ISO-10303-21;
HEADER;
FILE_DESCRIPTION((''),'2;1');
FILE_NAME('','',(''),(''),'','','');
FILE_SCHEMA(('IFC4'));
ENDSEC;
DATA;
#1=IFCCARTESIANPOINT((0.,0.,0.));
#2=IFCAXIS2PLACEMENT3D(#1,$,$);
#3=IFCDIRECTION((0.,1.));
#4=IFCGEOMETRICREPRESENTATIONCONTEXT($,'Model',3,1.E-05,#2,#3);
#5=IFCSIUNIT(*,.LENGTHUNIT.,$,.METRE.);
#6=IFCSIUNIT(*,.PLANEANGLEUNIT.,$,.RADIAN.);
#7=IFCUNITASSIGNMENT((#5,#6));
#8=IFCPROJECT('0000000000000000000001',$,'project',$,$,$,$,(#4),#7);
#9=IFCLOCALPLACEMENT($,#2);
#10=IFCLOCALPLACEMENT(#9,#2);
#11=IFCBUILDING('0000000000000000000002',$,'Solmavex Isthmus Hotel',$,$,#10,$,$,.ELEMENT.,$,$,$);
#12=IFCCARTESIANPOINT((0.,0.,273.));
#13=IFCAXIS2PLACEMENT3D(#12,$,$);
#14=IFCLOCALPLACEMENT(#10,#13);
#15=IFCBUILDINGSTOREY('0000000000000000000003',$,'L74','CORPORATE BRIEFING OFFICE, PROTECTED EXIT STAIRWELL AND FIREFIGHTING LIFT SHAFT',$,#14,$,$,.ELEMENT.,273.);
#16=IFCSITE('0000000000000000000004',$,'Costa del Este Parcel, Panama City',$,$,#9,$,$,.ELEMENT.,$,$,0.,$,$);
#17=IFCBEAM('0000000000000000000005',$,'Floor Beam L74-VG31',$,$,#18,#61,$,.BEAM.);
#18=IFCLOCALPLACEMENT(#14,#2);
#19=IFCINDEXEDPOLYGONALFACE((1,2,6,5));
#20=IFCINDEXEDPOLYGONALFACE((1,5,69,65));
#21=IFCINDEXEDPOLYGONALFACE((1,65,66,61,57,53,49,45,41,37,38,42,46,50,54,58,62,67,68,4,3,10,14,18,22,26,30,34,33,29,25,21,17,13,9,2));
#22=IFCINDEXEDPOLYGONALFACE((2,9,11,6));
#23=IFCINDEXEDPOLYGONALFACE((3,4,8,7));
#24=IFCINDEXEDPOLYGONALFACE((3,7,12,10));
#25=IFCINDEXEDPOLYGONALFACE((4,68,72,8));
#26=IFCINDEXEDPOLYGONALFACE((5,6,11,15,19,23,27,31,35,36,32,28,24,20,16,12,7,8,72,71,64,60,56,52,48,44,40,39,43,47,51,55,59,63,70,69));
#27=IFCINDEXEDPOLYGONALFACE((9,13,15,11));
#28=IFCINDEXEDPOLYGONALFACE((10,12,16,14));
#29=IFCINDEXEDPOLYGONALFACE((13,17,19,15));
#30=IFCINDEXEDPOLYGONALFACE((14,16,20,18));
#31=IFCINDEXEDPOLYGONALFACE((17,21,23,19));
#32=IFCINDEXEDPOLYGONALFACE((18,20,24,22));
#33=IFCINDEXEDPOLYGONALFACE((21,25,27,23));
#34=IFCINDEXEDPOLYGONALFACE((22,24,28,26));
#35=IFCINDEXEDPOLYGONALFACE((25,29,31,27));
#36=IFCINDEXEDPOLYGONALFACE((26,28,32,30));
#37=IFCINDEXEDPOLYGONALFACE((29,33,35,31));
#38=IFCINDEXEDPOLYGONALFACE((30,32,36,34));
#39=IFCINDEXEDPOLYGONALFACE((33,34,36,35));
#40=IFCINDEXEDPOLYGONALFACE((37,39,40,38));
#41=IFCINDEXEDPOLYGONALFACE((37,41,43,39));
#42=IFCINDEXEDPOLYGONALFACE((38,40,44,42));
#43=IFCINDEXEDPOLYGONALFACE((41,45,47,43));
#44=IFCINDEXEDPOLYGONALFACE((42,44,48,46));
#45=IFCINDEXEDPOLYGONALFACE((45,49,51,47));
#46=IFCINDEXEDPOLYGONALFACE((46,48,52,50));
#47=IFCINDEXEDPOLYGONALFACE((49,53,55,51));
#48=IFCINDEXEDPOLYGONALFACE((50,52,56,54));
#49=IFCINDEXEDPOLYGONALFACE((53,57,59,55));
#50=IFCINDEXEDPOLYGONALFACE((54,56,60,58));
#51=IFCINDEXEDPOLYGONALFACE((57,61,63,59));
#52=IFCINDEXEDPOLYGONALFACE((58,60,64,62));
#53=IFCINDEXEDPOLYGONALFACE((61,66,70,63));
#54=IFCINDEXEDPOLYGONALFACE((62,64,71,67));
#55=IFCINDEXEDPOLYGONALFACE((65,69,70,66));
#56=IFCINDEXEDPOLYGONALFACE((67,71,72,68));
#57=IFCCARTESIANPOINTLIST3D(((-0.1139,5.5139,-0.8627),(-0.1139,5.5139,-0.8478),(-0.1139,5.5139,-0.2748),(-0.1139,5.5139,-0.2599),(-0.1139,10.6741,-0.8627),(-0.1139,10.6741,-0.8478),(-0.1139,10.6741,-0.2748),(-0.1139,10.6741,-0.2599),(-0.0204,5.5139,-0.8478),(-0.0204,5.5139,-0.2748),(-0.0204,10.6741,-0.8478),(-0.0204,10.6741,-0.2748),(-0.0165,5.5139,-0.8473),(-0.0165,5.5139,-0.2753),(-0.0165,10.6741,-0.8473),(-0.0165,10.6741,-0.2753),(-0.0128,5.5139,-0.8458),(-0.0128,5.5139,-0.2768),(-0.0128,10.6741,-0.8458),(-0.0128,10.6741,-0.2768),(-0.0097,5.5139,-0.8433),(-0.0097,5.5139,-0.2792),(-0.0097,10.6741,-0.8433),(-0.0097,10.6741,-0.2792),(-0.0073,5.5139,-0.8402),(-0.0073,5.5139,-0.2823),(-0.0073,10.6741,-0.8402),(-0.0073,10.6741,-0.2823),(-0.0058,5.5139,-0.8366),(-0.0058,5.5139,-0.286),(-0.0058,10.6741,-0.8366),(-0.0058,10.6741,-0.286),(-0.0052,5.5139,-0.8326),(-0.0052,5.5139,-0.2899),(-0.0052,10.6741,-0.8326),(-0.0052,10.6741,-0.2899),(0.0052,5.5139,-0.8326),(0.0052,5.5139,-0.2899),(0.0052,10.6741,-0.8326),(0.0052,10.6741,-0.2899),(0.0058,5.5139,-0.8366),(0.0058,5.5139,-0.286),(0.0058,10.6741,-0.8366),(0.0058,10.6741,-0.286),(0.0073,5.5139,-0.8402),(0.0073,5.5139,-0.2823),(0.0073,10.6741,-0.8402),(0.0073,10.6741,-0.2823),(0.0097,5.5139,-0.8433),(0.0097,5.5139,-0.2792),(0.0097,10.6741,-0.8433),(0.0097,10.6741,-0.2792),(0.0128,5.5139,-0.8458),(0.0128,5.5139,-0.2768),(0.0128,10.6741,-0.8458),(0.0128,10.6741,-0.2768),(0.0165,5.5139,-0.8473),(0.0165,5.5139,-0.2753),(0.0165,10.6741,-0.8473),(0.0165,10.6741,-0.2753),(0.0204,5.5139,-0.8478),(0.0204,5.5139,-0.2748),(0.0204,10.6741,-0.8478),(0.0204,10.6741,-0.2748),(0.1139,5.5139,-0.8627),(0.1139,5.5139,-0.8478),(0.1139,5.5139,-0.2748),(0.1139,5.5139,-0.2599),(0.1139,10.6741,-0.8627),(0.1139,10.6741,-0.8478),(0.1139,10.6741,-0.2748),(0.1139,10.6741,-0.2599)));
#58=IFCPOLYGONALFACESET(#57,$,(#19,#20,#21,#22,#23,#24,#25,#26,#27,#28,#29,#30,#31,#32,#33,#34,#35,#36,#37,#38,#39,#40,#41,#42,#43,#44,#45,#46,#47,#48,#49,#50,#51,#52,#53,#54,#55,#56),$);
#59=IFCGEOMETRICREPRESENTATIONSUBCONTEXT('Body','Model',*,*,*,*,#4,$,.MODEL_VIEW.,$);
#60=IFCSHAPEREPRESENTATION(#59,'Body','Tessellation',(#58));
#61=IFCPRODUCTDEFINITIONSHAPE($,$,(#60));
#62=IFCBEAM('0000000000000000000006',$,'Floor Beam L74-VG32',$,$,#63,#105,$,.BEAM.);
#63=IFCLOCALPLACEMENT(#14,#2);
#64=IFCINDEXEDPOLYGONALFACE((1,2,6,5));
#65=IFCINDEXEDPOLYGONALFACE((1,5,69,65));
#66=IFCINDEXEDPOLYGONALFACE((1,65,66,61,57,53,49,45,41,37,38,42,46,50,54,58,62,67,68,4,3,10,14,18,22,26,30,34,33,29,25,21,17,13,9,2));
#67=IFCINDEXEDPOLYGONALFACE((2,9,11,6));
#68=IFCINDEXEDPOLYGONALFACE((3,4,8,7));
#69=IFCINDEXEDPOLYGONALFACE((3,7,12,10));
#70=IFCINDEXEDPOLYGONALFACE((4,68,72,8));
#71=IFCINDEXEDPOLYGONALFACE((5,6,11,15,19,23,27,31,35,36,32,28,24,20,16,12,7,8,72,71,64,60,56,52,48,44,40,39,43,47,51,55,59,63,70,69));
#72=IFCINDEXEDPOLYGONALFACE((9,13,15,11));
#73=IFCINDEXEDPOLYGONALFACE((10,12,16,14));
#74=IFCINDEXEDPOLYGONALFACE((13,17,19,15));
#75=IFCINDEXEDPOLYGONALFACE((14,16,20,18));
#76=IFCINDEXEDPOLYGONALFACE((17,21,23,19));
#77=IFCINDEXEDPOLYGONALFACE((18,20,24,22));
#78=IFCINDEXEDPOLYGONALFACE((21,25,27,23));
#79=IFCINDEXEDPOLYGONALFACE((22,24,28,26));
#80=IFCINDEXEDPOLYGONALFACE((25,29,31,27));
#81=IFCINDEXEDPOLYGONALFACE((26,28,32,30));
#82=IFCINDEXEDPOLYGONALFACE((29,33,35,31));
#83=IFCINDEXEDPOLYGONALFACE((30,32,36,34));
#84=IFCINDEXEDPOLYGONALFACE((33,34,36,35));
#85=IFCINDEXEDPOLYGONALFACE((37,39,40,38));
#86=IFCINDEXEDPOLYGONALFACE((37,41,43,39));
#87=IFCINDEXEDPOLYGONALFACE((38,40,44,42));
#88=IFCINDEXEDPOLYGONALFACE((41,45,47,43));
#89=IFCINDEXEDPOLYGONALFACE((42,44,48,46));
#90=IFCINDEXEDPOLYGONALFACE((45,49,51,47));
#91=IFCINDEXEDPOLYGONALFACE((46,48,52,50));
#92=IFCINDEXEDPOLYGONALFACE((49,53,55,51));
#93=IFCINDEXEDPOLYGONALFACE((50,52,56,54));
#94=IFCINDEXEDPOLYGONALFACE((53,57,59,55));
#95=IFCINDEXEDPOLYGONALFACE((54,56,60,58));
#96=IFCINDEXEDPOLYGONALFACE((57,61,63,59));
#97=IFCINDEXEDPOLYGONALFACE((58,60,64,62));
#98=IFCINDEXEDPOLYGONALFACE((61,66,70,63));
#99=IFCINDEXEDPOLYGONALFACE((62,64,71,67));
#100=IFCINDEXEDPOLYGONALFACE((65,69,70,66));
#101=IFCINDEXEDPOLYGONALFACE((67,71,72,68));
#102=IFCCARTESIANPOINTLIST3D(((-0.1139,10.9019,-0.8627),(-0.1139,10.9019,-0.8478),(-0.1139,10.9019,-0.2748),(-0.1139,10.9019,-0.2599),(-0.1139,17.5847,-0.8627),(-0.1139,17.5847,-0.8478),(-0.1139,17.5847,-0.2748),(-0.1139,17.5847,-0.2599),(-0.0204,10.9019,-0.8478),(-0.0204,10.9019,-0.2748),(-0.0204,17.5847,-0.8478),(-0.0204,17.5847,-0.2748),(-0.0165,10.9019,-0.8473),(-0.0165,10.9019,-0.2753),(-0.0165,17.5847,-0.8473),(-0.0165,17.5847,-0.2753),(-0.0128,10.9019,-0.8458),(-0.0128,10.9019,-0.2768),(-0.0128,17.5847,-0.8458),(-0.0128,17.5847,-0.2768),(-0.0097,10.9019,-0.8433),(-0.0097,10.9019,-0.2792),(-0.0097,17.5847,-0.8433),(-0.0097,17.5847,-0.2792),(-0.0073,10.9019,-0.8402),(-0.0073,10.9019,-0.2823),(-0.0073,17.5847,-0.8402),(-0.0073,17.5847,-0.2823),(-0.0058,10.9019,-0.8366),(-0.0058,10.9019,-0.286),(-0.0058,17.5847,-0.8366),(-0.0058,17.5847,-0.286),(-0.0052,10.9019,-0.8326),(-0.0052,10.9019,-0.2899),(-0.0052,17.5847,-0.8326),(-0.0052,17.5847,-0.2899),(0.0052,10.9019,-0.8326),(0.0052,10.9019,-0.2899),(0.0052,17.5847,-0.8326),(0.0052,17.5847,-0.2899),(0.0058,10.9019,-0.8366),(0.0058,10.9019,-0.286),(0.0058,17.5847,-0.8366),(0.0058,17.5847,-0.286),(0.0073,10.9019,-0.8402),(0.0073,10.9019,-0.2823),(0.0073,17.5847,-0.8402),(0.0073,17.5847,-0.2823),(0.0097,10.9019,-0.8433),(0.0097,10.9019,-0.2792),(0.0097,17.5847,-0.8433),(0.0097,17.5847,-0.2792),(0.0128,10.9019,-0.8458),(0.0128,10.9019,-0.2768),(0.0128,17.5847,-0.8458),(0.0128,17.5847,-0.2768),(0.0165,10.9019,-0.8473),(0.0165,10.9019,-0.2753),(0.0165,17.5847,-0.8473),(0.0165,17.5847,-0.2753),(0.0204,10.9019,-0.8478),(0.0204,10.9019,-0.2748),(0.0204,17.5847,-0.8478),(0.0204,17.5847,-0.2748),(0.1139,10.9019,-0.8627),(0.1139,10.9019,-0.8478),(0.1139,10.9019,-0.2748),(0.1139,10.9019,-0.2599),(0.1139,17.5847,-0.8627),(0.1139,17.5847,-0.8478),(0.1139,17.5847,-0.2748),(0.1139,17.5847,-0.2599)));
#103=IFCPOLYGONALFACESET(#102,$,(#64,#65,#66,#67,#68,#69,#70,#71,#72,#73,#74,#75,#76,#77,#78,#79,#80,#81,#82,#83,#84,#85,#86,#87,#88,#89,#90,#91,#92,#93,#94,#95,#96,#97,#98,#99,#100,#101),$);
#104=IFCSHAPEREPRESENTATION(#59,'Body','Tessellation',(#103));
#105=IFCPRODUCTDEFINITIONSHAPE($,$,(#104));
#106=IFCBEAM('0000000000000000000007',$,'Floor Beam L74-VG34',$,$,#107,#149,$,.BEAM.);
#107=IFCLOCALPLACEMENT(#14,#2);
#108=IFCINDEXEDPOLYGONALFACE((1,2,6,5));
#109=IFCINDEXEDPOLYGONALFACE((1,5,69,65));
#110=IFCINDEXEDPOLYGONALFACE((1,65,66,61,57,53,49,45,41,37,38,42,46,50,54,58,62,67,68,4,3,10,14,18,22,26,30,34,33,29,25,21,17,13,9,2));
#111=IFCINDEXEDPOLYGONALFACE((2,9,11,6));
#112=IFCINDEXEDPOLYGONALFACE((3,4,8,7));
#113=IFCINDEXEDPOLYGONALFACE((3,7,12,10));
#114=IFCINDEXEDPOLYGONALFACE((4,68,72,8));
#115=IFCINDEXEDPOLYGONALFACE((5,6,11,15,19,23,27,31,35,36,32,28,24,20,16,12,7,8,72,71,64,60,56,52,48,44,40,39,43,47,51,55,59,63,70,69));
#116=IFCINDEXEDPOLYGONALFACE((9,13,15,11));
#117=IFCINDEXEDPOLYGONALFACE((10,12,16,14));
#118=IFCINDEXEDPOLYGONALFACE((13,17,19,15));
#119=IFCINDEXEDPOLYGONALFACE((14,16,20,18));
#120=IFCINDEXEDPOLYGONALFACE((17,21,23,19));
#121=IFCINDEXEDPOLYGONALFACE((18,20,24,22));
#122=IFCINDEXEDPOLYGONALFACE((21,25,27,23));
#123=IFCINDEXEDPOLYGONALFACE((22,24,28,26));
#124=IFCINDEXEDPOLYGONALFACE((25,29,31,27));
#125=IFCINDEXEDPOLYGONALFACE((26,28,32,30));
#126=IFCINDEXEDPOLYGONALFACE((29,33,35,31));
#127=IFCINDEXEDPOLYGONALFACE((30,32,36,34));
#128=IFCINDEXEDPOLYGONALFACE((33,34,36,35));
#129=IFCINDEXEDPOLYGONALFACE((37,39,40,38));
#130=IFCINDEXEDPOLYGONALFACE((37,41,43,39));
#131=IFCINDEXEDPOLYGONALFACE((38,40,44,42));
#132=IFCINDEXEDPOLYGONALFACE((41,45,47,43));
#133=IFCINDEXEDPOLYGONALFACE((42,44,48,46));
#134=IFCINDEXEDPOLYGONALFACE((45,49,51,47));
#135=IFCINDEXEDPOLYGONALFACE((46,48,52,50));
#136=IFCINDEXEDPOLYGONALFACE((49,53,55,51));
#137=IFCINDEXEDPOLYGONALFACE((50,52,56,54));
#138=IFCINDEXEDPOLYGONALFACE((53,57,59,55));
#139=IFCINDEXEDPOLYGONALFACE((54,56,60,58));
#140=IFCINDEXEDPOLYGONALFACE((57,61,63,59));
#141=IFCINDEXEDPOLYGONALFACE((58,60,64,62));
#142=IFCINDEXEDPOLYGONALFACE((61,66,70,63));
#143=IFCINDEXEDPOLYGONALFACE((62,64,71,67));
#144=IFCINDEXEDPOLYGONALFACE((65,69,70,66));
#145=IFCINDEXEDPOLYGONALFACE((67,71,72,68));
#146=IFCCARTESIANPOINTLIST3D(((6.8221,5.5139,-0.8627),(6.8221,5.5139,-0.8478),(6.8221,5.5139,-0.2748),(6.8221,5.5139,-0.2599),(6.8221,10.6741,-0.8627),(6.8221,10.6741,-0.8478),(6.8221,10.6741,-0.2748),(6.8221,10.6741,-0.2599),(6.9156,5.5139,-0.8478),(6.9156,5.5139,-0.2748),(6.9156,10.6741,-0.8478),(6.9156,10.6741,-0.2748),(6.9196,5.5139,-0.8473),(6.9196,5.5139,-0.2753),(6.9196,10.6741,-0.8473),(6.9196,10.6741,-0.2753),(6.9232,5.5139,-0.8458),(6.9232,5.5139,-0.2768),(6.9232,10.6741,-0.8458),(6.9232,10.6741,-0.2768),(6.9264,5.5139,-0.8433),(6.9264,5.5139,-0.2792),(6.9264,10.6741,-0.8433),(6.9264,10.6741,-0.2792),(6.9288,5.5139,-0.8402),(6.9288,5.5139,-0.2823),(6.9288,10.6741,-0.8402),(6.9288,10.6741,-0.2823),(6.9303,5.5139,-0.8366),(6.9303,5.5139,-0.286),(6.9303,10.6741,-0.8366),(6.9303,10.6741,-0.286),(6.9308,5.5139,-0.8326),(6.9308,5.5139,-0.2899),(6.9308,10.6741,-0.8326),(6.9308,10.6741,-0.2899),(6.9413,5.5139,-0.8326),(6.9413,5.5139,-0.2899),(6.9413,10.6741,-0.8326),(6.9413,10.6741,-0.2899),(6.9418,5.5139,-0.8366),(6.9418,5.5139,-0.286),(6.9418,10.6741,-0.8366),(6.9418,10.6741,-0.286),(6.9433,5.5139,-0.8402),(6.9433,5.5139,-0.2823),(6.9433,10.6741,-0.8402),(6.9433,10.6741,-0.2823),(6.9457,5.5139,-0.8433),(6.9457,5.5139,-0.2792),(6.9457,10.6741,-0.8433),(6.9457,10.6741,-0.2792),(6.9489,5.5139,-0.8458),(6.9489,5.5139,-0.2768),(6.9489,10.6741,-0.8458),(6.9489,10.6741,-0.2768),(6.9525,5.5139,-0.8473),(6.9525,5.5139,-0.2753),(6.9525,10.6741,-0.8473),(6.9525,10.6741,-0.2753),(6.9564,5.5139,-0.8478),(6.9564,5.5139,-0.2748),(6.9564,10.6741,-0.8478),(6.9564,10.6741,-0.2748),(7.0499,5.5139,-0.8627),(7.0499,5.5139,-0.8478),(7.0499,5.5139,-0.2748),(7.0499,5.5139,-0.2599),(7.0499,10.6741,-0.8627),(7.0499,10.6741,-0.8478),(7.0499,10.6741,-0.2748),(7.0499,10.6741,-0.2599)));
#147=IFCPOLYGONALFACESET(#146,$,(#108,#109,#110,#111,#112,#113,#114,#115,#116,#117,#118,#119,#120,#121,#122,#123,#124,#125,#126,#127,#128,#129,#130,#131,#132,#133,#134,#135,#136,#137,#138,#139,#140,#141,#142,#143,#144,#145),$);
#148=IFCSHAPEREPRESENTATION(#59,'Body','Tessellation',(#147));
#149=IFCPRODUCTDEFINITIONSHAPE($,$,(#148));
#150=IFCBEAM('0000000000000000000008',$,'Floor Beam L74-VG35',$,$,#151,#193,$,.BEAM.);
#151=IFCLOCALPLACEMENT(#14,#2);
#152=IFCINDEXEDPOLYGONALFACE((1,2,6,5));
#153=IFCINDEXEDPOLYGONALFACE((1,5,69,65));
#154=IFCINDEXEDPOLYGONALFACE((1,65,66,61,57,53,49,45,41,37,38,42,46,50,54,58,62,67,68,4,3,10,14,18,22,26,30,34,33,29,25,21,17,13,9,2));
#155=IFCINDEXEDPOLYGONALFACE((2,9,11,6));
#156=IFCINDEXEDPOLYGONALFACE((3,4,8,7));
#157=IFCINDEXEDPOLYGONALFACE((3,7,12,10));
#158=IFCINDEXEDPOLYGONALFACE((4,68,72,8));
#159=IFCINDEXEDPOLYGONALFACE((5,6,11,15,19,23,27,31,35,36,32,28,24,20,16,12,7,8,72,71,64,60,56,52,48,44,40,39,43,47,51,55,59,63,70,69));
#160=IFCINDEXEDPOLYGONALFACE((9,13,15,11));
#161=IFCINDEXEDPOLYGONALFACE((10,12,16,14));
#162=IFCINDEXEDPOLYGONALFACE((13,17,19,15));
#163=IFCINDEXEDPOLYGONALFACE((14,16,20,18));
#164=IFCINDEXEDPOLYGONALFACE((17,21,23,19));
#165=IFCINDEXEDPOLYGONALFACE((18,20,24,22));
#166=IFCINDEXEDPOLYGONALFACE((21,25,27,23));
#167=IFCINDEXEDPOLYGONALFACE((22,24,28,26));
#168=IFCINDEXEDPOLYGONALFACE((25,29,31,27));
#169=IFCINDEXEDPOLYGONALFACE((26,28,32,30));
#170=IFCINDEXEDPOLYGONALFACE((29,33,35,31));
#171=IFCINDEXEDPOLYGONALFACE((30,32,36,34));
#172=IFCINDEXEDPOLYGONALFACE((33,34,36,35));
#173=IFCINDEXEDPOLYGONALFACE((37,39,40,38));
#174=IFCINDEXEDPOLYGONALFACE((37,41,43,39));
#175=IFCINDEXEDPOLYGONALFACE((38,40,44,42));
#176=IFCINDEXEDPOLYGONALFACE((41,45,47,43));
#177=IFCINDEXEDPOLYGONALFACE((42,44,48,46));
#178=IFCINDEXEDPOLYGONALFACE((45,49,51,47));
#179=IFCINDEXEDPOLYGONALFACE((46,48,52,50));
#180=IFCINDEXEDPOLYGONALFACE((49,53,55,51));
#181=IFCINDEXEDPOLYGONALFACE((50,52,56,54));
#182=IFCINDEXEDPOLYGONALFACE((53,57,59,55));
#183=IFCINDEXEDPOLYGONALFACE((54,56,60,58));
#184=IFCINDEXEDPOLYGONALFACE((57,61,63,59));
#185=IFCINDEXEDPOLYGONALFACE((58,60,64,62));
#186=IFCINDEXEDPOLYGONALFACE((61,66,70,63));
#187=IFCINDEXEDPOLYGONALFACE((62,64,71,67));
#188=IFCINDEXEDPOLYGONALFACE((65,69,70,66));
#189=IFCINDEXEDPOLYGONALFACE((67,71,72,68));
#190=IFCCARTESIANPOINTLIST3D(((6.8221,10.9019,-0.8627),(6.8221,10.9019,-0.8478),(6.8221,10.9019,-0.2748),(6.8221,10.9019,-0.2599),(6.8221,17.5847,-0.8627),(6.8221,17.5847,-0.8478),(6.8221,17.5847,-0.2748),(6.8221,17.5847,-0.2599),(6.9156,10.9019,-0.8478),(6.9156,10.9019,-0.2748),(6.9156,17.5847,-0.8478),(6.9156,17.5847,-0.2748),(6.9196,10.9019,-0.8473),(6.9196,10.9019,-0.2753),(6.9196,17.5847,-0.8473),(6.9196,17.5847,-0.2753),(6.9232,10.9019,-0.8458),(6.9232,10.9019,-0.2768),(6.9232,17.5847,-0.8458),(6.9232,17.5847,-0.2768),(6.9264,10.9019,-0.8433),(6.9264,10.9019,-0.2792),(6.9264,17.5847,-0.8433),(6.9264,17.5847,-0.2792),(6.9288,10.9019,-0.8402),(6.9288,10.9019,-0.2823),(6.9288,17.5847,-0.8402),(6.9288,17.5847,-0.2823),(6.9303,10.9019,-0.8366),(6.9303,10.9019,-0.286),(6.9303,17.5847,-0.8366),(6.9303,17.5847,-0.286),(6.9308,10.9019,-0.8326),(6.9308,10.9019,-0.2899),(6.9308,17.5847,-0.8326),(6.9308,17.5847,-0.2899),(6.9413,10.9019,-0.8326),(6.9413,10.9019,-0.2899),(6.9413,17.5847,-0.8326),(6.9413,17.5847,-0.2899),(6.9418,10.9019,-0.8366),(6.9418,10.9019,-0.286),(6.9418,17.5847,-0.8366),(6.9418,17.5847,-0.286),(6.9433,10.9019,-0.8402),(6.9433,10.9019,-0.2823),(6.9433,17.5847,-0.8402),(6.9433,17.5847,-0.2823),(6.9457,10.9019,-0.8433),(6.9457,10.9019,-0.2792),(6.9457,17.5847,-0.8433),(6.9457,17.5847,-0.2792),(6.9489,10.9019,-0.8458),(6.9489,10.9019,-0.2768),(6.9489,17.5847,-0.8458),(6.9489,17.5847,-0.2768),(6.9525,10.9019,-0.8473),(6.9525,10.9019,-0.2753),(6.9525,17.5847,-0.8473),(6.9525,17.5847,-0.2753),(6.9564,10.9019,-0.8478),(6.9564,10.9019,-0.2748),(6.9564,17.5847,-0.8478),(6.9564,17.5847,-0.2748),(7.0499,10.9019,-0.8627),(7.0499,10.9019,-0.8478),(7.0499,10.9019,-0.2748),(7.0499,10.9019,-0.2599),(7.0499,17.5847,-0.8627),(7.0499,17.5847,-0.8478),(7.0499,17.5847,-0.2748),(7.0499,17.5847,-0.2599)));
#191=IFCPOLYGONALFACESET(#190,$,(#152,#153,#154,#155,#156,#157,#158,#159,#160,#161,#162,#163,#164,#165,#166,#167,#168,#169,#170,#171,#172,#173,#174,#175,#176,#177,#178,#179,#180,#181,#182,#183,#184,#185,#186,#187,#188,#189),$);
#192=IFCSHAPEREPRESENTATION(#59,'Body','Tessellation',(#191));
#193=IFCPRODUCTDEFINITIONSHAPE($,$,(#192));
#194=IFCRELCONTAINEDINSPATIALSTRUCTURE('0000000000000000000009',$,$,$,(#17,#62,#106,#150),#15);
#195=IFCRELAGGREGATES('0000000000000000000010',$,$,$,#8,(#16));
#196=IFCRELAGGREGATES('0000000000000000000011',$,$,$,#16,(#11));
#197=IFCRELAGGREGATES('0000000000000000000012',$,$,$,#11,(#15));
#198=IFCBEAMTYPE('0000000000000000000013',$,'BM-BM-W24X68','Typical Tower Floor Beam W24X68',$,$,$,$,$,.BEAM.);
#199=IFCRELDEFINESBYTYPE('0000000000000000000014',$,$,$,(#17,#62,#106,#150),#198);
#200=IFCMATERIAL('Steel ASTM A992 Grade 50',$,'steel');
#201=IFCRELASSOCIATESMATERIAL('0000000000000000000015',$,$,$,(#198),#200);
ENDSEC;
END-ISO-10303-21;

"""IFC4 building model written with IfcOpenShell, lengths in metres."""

from ifc_helpers import new_model, si_unit, direction, frame, origin, origin_2d, place, context, subcontext, project, spatial, i_section, extrude, material, material_profile, profile_set, type_object, element, save


model = new_model("IFC4")

# Units and contexts
model_context = context("Model", 3, precision=1e-05, world=origin(), true_north=direction((0.0, 1.0)))
body_context = subcontext(model_context, "Body", "Model", "MODEL_VIEW")
ifc_project = project(units=[si_unit("LENGTHUNIT", "METRE"), si_unit("PLANEANGLEUNIT", "RADIAN")], contexts=[model_context])

# Site, building, storey
site_placement = place(None, origin())
site = spatial("IfcSite", under=ifc_project, at=site_placement, Name="Costa del Este Parcel, Panama City", CompositionType="ELEMENT", RefElevation=0.0)
building_placement = place(site_placement, origin())
building = spatial("IfcBuilding", under=site, at=building_placement, Name="Solmavex Isthmus Hotel", CompositionType="ELEMENT")
storey_placement = place(building_placement, frame((0.0, 0.0, 273.0)))
storey = spatial("IfcBuildingStorey", under=building, at=storey_placement, Name="L74", Description="CORPORATE BRIEFING OFFICE, PROTECTED EXIT STAIRWELL AND FIREFIGHTING LIFT SHAFT", CompositionType="ELEMENT", Elevation=273.0)

# Beams
ifc_material_1 = material(Name="Steel ASTM A992 Grade 50", Category="steel")
ifc_material_profile_1 = material_profile(ifc_material_1, i_section(OverallWidth=0.2278, OverallDepth=0.6028, WebThickness=0.0105, FlangeThickness=0.0149, FilletRadius=0.0151, at=origin_2d()), Name="W24X68")
ifc_profile_set_1 = profile_set([ifc_material_profile_1], Name="Steel ASTM A992 Grade 50")
beam_type_1 = type_object("IfcBeamType", Name="BM-BM-W24X68", Description="Typical Tower Floor Beam W24X68", PredefinedType="BEAM", material=ifc_profile_set_1)
beam_1_placement = place(storey_placement, frame((0.0, 5.5139, -0.5613), z_axis=(0.0, 1.0, 0.0), x_axis=(-1.0, 0.0, 0.0)))
element("IfcBeam", 1, at=beam_1_placement, inside=storey, type_object=beam_type_1, Name="Floor Beam L74-VG31", PredefinedType="BEAM", context=body_context, shape_type="SweptSolid", body=[
    extrude(i_section(OverallWidth=0.2278, OverallDepth=0.6028, WebThickness=0.0105, FlangeThickness=0.0149, FilletRadius=0.0151, at=origin_2d()), origin(), (0.0, 0.0, 1.0), 5.1602),
])
beam_2_placement = place(storey_placement, frame((0.0, 10.9019, -0.5613), z_axis=(0.0, 1.0, 0.0), x_axis=(-1.0, 0.0, 0.0)))
element("IfcBeam", 2, at=beam_2_placement, inside=storey, type_object=beam_type_1, Name="Floor Beam L74-VG32", PredefinedType="BEAM", context=body_context, shape_type="SweptSolid", body=[
    extrude(i_section(OverallWidth=0.2278, OverallDepth=0.6028, WebThickness=0.0105, FlangeThickness=0.0149, FilletRadius=0.0151, at=origin_2d()), origin(), (0.0, 0.0, 1.0), 6.6829),
])
beam_3_placement = place(storey_placement, frame((6.936, 5.5139, -0.5613), z_axis=(0.0, 1.0, 0.0), x_axis=(-1.0, 0.0, 0.0)))
element("IfcBeam", 3, at=beam_3_placement, inside=storey, type_object=beam_type_1, Name="Floor Beam L74-VG34", PredefinedType="BEAM", context=body_context, shape_type="SweptSolid", body=[
    extrude(i_section(OverallWidth=0.2278, OverallDepth=0.6028, WebThickness=0.0105, FlangeThickness=0.0149, FilletRadius=0.0151, at=origin_2d()), origin(), (0.0, 0.0, 1.0), 5.1602),
])
beam_4_placement = place(storey_placement, frame((6.936, 10.9019, -0.5613), z_axis=(0.0, 1.0, 0.0), x_axis=(-1.0, 0.0, 0.0)))
element("IfcBeam", 4, at=beam_4_placement, inside=storey, type_object=beam_type_1, Name="Floor Beam L74-VG35", PredefinedType="BEAM", context=body_context, shape_type="SweptSolid", body=[
    extrude(i_section(OverallWidth=0.2278, OverallDepth=0.6028, WebThickness=0.0105, FlangeThickness=0.0149, FilletRadius=0.0151, at=origin_2d()), origin(), (0.0, 0.0, 1.0), 6.6829),
])

save(model, "model.ifc")
